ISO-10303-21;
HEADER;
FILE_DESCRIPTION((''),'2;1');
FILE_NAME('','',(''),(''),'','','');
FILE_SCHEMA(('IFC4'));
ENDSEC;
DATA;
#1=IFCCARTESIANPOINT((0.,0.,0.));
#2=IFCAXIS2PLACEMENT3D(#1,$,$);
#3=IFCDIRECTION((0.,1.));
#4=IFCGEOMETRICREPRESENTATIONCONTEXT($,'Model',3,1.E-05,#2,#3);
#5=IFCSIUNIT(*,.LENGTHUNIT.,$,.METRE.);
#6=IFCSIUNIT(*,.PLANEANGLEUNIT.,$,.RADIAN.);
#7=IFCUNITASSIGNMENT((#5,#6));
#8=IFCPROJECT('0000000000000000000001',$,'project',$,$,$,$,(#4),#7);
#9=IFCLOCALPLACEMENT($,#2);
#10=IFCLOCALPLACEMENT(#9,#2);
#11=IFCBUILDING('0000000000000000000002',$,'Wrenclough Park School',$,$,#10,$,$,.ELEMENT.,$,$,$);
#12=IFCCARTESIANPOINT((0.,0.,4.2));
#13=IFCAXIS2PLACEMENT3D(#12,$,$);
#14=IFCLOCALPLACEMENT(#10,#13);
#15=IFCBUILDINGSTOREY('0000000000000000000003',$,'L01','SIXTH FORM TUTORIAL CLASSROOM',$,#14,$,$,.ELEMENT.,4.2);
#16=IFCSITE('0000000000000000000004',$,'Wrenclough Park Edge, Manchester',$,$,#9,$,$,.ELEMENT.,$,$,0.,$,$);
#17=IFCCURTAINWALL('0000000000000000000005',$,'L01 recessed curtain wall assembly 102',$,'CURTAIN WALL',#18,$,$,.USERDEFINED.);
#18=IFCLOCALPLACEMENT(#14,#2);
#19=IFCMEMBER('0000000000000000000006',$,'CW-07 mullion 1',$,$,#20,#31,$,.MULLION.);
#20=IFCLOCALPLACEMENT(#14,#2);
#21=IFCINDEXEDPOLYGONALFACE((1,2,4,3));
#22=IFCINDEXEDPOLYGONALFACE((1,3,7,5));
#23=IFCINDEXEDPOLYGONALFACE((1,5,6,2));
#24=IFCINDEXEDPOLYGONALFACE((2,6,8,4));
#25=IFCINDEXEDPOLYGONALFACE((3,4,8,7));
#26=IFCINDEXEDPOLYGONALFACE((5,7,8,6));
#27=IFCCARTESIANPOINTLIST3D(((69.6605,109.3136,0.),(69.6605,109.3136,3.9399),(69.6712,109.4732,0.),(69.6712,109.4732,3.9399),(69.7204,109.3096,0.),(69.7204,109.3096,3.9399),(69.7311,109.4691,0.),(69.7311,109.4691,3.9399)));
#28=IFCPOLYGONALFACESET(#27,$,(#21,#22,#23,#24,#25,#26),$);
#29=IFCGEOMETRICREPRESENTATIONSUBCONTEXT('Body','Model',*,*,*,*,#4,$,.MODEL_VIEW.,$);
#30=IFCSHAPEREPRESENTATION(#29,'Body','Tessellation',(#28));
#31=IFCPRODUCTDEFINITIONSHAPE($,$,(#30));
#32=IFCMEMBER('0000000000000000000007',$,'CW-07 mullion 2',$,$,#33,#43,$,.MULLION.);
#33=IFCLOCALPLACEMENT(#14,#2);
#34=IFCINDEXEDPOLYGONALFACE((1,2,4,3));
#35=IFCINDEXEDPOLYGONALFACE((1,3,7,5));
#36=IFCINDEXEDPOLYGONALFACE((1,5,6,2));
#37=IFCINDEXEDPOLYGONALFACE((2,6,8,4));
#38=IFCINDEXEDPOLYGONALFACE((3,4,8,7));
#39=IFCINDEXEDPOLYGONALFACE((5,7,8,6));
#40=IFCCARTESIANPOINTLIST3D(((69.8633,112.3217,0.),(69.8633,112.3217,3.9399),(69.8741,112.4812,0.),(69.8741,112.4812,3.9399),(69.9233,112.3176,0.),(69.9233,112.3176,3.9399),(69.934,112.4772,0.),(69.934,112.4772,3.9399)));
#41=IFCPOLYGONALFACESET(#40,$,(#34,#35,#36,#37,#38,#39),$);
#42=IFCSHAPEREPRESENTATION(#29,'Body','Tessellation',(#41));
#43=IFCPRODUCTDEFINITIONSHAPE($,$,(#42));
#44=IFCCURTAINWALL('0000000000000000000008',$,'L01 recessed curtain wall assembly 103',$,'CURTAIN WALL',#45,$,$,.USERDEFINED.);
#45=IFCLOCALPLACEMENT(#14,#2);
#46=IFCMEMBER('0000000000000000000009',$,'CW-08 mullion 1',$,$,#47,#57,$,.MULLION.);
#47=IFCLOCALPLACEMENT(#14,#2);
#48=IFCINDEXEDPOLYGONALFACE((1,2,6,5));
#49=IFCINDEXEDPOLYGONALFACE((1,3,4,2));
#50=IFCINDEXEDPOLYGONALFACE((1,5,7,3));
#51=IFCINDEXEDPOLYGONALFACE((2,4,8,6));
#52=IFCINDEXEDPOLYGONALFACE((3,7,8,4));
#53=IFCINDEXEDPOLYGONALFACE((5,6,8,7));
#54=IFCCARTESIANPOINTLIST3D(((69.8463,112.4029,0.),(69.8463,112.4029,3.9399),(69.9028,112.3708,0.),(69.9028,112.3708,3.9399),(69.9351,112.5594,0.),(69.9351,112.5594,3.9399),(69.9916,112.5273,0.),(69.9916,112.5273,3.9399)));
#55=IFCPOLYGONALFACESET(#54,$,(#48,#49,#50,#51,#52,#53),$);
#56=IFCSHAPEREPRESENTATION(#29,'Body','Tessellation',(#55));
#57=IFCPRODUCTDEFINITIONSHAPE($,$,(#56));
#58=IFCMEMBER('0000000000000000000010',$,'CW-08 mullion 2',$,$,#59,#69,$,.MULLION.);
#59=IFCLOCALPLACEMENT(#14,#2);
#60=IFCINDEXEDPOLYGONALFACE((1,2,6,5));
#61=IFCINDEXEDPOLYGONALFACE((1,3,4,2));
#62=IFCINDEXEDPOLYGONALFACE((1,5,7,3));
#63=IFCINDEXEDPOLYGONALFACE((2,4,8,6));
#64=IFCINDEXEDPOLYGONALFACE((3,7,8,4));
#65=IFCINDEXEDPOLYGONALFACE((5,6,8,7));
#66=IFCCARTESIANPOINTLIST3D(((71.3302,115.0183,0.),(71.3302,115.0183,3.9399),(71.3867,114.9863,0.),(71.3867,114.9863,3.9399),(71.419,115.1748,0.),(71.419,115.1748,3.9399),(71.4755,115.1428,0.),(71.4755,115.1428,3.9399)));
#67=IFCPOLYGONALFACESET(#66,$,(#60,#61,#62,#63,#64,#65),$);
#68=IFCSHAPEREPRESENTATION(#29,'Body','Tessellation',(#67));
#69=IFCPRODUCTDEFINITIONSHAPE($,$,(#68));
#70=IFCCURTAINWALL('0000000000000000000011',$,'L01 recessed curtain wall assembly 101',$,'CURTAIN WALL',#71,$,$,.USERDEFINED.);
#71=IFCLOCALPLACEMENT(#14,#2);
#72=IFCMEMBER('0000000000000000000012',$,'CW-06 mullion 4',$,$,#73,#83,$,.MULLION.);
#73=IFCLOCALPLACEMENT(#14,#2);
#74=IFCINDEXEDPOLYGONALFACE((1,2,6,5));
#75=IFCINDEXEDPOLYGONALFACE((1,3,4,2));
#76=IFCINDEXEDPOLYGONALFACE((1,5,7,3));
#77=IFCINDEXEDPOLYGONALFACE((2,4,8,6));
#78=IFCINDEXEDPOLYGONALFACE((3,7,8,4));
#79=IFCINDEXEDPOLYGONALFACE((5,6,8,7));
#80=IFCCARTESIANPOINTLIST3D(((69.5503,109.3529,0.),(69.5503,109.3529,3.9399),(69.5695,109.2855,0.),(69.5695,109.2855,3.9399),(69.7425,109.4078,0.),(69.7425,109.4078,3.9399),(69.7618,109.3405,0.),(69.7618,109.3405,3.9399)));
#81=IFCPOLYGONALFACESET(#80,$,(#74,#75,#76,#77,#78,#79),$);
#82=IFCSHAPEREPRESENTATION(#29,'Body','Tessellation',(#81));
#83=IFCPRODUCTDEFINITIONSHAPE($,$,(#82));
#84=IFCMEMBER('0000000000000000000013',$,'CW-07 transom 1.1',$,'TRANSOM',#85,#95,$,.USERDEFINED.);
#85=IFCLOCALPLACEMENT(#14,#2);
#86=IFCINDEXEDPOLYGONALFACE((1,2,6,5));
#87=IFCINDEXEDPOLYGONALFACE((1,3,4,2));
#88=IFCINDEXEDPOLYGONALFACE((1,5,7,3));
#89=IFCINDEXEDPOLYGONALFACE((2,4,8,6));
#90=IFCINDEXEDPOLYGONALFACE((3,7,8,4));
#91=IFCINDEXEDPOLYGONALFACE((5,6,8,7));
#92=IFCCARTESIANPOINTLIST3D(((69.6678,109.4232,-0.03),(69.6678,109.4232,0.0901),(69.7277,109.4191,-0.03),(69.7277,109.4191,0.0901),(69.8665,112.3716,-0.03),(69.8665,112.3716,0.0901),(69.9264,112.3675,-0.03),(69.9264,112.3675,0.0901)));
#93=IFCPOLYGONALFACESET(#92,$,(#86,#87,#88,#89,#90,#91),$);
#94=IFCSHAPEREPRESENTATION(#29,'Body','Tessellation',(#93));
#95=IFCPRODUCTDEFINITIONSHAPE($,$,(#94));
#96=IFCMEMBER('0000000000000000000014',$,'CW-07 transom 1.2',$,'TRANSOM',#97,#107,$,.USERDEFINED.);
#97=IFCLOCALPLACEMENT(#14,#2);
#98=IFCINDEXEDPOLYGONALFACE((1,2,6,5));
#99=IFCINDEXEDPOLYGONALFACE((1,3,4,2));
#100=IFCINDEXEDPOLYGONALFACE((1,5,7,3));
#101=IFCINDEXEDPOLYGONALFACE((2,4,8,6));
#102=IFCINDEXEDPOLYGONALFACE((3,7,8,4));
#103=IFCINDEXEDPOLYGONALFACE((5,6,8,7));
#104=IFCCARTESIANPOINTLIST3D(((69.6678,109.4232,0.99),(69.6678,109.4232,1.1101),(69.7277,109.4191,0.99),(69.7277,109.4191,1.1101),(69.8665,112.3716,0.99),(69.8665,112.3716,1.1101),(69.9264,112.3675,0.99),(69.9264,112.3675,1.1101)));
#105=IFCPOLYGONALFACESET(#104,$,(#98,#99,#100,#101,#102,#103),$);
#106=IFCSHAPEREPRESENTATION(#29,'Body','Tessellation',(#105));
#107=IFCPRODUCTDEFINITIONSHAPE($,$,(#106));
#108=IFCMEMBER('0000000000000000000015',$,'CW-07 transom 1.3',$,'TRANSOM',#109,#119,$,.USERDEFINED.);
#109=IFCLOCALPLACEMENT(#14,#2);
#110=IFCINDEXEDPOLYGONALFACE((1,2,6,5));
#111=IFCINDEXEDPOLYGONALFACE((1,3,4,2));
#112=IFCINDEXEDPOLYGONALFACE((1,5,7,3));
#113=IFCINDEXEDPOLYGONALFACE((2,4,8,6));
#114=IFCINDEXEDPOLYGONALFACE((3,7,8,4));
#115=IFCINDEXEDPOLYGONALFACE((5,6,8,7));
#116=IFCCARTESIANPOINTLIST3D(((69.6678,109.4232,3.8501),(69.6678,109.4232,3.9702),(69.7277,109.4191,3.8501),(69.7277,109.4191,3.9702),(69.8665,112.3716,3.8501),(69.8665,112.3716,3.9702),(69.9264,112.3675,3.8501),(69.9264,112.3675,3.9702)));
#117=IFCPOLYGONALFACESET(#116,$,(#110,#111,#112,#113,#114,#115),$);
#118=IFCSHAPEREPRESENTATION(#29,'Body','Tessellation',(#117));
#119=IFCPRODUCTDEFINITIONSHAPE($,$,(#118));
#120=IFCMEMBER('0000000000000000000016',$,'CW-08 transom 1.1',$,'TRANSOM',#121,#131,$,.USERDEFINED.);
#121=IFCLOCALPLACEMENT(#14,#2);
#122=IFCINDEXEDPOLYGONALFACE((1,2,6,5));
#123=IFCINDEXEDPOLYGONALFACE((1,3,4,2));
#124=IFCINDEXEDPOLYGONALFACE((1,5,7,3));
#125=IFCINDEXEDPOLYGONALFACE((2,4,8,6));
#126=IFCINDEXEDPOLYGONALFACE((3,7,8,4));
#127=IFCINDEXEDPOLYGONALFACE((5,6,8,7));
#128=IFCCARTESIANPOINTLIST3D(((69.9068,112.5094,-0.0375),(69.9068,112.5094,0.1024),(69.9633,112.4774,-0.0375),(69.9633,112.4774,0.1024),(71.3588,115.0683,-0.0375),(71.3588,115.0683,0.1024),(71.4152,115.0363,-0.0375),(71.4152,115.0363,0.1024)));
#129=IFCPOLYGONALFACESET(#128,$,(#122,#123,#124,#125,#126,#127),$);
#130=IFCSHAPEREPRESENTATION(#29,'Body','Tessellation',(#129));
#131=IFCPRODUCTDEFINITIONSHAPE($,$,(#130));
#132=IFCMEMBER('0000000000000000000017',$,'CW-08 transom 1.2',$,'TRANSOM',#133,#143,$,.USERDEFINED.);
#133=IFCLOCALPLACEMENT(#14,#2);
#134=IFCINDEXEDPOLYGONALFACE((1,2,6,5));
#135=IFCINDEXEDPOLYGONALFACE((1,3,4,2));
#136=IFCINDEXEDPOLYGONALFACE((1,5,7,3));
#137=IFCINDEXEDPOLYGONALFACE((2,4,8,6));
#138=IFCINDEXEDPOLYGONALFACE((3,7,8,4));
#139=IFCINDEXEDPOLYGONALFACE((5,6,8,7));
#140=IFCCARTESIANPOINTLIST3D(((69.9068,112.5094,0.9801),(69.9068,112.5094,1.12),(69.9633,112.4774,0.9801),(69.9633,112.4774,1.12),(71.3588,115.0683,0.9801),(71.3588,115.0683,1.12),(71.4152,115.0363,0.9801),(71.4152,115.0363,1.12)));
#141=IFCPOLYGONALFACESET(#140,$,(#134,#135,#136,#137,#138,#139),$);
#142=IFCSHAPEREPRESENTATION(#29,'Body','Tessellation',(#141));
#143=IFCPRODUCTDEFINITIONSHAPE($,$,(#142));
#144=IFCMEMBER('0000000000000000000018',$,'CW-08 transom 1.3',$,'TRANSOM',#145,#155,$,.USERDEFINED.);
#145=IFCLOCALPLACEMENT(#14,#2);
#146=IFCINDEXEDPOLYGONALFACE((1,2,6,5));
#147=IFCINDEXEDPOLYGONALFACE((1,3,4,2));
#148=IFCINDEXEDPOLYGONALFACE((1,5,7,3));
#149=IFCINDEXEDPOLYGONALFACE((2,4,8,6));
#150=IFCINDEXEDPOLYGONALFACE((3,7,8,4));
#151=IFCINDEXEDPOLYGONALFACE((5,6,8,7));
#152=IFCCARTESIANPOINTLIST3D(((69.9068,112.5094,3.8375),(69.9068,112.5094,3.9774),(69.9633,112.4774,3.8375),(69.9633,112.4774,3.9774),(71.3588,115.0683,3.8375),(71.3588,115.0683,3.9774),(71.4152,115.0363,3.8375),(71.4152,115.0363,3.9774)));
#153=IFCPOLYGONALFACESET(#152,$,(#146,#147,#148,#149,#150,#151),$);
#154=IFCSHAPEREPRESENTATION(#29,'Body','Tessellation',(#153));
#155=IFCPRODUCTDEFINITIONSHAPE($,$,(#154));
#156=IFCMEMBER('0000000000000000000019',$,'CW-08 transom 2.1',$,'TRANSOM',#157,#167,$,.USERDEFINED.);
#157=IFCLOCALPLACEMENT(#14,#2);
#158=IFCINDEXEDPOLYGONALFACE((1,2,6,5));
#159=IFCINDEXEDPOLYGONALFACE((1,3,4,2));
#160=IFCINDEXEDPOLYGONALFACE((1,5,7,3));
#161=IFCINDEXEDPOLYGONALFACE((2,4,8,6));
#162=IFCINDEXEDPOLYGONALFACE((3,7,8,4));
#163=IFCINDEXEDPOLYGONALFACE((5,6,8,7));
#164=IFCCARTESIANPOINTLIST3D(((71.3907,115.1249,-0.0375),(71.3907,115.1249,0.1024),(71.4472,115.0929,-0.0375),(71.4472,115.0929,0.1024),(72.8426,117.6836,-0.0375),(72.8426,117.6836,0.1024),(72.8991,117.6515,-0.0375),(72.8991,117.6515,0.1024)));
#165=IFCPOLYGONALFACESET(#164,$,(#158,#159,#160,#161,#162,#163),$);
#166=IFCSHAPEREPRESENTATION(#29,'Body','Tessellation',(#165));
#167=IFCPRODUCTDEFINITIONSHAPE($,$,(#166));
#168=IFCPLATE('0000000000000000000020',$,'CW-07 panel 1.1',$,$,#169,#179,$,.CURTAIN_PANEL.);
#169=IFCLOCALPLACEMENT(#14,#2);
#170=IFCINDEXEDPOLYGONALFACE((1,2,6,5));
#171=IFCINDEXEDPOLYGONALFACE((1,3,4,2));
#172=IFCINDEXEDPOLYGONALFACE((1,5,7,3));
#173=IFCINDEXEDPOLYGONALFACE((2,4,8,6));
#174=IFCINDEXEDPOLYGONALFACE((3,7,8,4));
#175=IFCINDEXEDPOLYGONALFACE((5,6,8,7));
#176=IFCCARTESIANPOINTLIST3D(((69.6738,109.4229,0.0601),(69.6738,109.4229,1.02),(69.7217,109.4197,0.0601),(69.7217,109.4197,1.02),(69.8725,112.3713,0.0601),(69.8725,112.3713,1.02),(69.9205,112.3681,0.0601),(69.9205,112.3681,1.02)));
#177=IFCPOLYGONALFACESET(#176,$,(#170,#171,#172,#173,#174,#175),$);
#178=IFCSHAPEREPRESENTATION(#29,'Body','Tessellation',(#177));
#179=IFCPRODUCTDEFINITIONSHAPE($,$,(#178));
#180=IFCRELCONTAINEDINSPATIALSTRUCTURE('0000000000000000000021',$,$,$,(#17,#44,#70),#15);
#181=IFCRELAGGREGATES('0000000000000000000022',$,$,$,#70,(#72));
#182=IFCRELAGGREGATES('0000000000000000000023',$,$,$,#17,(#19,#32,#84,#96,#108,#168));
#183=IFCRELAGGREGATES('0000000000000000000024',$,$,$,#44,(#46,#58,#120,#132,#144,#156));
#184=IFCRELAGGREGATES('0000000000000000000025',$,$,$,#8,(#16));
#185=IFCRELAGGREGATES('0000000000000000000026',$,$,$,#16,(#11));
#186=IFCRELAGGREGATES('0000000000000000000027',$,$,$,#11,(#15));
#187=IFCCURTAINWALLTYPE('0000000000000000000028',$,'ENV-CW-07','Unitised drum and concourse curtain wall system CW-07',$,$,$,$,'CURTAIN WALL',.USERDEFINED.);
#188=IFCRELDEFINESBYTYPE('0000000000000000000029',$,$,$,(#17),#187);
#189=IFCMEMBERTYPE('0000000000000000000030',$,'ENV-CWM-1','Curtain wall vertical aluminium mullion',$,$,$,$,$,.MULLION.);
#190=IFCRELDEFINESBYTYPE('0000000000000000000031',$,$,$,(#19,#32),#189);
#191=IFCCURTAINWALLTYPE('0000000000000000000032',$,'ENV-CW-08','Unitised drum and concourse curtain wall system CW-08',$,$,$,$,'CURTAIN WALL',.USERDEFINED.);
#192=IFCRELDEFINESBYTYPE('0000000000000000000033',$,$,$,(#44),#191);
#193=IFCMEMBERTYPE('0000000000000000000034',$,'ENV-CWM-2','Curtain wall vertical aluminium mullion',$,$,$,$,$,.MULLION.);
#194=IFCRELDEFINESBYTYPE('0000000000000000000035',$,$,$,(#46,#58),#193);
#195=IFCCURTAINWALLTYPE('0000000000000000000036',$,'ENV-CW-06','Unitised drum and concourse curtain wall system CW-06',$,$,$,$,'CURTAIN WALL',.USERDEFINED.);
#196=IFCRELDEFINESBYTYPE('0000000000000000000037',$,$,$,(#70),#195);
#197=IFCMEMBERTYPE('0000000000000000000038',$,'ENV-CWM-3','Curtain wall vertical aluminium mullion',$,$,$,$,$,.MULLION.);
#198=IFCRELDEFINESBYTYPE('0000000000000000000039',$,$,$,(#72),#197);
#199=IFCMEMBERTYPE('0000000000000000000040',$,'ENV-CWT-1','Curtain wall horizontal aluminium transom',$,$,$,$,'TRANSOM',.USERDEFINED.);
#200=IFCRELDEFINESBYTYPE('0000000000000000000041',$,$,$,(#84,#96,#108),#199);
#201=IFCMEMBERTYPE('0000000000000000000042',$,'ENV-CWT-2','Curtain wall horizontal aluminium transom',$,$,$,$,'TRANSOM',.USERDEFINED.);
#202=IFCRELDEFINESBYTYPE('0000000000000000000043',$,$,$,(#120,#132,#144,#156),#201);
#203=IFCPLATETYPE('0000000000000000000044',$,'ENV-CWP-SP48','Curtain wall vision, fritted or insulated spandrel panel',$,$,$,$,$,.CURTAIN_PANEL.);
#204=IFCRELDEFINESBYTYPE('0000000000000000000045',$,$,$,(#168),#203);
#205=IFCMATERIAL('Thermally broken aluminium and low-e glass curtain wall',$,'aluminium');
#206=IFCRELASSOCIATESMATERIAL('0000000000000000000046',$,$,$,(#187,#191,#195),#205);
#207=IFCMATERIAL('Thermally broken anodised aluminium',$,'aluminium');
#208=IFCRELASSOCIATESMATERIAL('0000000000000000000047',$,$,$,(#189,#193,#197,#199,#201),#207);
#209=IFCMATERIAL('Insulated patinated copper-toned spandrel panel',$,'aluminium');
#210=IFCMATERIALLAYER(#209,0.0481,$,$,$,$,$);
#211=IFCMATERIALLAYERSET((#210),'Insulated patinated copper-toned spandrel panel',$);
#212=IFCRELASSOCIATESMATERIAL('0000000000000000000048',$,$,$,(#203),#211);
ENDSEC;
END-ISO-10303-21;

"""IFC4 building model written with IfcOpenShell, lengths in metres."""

from ifc_helpers import new_model, si_unit, direction, frame, origin, origin_2d, place, context, subcontext, project, spatial, rectangle, extrude, material, layer, layer_set, material_profile, profile_set, type_object, element, aggregate, save


model = new_model("IFC4")

# Units and contexts
model_context = context("Model", 3, precision=1e-05, world=origin(), true_north=direction((0.0, 1.0)))
body_context = subcontext(model_context, "Body", "Model", "MODEL_VIEW")
ifc_project = project(units=[si_unit("LENGTHUNIT", "METRE"), si_unit("PLANEANGLEUNIT", "RADIAN")], contexts=[model_context])

# Site, building, storey
site_placement = place(None, origin())
site = spatial("IfcSite", under=ifc_project, at=site_placement, Name="Wrenclough Park Edge, Manchester", CompositionType="ELEMENT", RefElevation=0.0)
building_placement = place(site_placement, origin())
building = spatial("IfcBuilding", under=site, at=building_placement, Name="Wrenclough Park School", CompositionType="ELEMENT")
storey_placement = place(building_placement, frame((0.0, 0.0, 4.2)))
storey = spatial("IfcBuildingStorey", under=building, at=storey_placement, Name="L01", Description="SIXTH FORM TUTORIAL CLASSROOM", CompositionType="ELEMENT", Elevation=4.2)

# Curtain walls, members
ifc_material_1 = material(Name="Thermally broken aluminium and low-e glass curtain wall", Category="aluminium")
curtain_wall_type_1 = type_object("IfcCurtainWallType", Name="ENV-CW-07", Description="Unitised drum and concourse curtain wall system CW-07", ElementType="CURTAIN WALL", PredefinedType="USERDEFINED", material=ifc_material_1)
curtain_wall_1_placement = place(storey_placement, origin())
curtain_wall_1 = element("IfcCurtainWall", 1, at=curtain_wall_1_placement, inside=storey, type_object=curtain_wall_type_1, Name="L01 recessed curtain wall assembly 102", ObjectType="CURTAIN WALL", PredefinedType="USERDEFINED")
ifc_material_2 = material(Name="Thermally broken anodised aluminium", Category="aluminium")
ifc_material_profile_1 = material_profile(ifc_material_2, rectangle(XDim=0.0601, YDim=0.1599, at=origin_2d()), Name="AL MULLION 60x160")
ifc_profile_set_1 = profile_set([ifc_material_profile_1], Name="Thermally broken anodised aluminium")
member_type_1 = type_object("IfcMemberType", Name="ENV-CWM-1", Description="Curtain wall vertical aluminium mullion", PredefinedType="MULLION", material=ifc_profile_set_1)
member_1_placement = place(storey_placement, frame((69.6958, 109.3914, 0.0), z_axis=(0.0, 0.0, 1.0), x_axis=(-0.997736, 0.067253, 0.0)))
member_1 = element("IfcMember", 2, at=member_1_placement, type_object=member_type_1, Name="CW-07 mullion 1", PredefinedType="MULLION", context=body_context, shape_type="SweptSolid", body=[
    extrude(rectangle(XDim=0.0601, YDim=0.1599, at=origin_2d()), origin(), (0.0, 0.0, 1.0), 3.9399),
])
member_2_placement = place(storey_placement, frame((69.8987, 112.3994, 0.0), z_axis=(0.0, 0.0, 1.0), x_axis=(-0.997736, 0.067253, 0.0)))
member_2 = element("IfcMember", 3, at=member_2_placement, type_object=member_type_1, Name="CW-07 mullion 2", PredefinedType="MULLION", context=body_context, shape_type="SweptSolid", body=[
    extrude(rectangle(XDim=0.0601, YDim=0.1599, at=origin_2d()), origin(), (0.0, 0.0, 1.0), 3.9399),
])
curtain_wall_type_2 = type_object("IfcCurtainWallType", Name="ENV-CW-08", Description="Unitised drum and concourse curtain wall system CW-08", ElementType="CURTAIN WALL", PredefinedType="USERDEFINED", material=ifc_material_1)
curtain_wall_2_placement = place(storey_placement, origin())
curtain_wall_2 = element("IfcCurtainWall", 4, at=curtain_wall_2_placement, inside=storey, type_object=curtain_wall_type_2, Name="L01 recessed curtain wall assembly 103", ObjectType="CURTAIN WALL", PredefinedType="USERDEFINED")
ifc_material_profile_2 = material_profile(ifc_material_2, rectangle(XDim=0.0649, YDim=0.1799, at=origin_2d()), Name="AL MULLION 65x180")
ifc_profile_set_2 = profile_set([ifc_material_profile_2], Name="Thermally broken anodised aluminium")
member_type_2 = type_object("IfcMemberType", Name="ENV-CWM-2", Description="Curtain wall vertical aluminium mullion", PredefinedType="MULLION", material=ifc_profile_set_2)
member_3_placement = place(storey_placement, frame((69.9189, 112.4651, 0.0), z_axis=(0.0, 0.0, 1.0), x_axis=(-0.869745, 0.493501, 0.0)))
member_3 = element("IfcMember", 5, at=member_3_placement, type_object=member_type_2, Name="CW-08 mullion 1", PredefinedType="MULLION", context=body_context, shape_type="SweptSolid", body=[
    extrude(rectangle(XDim=0.0649, YDim=0.1799, at=origin_2d()), origin(), (0.0, 0.0, 1.0), 3.9399),
])
member_4_placement = place(storey_placement, frame((71.4028, 115.0806, 0.0), z_axis=(0.0, 0.0, 1.0), x_axis=(-0.869745, 0.493501, 0.0)))
member_4 = element("IfcMember", 6, at=member_4_placement, type_object=member_type_2, Name="CW-08 mullion 2", PredefinedType="MULLION", context=body_context, shape_type="SweptSolid", body=[
    extrude(rectangle(XDim=0.0649, YDim=0.1799, at=origin_2d()), origin(), (0.0, 0.0, 1.0), 3.9399),
])

# Curtain wall, member
curtain_wall_type_3 = type_object("IfcCurtainWallType", Name="ENV-CW-06", Description="Unitised drum and concourse curtain wall system CW-06", ElementType="CURTAIN WALL", PredefinedType="USERDEFINED", material=ifc_material_1)
curtain_wall_3_placement = place(storey_placement, origin())
curtain_wall_3 = element("IfcCurtainWall", 7, at=curtain_wall_3_placement, inside=storey, type_object=curtain_wall_type_3, Name="L01 recessed curtain wall assembly 101", ObjectType="CURTAIN WALL", PredefinedType="USERDEFINED")
ifc_material_profile_3 = material_profile(ifc_material_2, rectangle(XDim=0.0701, YDim=0.2, at=origin_2d()), Name="AL MULLION 70x200")
ifc_profile_set_3 = profile_set([ifc_material_profile_3], Name="Thermally broken anodised aluminium")
member_type_3 = type_object("IfcMemberType", Name="ENV-CWM-3", Description="Curtain wall vertical aluminium mullion", PredefinedType="MULLION", material=ifc_profile_set_3)
member_5_placement = place(storey_placement, frame((69.656, 109.3467, 0.0), z_axis=(0.0, 0.0, 1.0), x_axis=(-0.274714, 0.961526, 0.0)))
member_5 = element("IfcMember", 8, at=member_5_placement, type_object=member_type_3, Name="CW-06 mullion 4", PredefinedType="MULLION", context=body_context, shape_type="SweptSolid", body=[
    extrude(rectangle(XDim=0.0701, YDim=0.2, at=origin_2d()), origin(), (0.0, 0.0, 1.0), 3.9399),
])
aggregate(curtain_wall_3, [member_5])

# Members
ifc_material_profile_4 = material_profile(ifc_material_2, rectangle(XDim=0.0601, YDim=0.1201, at=origin_2d()), Name="AL TRANSOM 60x120")
ifc_profile_set_4 = profile_set([ifc_material_profile_4], Name="Thermally broken anodised aluminium")
member_type_4 = type_object("IfcMemberType", Name="ENV-CWT-1", Description="Curtain wall horizontal aluminium transom", ElementType="TRANSOM", PredefinedType="USERDEFINED", material=ifc_profile_set_4)
member_6_placement = place(storey_placement, frame((69.6978, 109.4211, 0.03), z_axis=(0.067248, 0.997736, 0.0), x_axis=(-0.997736, 0.067248, 0.0)))
member_6 = element("IfcMember", 9, at=member_6_placement, type_object=member_type_4, Name="CW-07 transom 1.1", ObjectType="TRANSOM", PredefinedType="USERDEFINED", context=body_context, shape_type="SweptSolid", body=[
    extrude(rectangle(XDim=0.0601, YDim=0.1201, at=origin_2d()), origin(), (0.0, 0.0, 1.0), 2.9551),
])
member_7_placement = place(storey_placement, frame((69.6978, 109.4211, 1.05), z_axis=(0.067248, 0.997736, 0.0), x_axis=(-0.997736, 0.067248, 0.0)))
member_7 = element("IfcMember", 10, at=member_7_placement, type_object=member_type_4, Name="CW-07 transom 1.2", ObjectType="TRANSOM", PredefinedType="USERDEFINED", context=body_context, shape_type="SweptSolid", body=[
    extrude(rectangle(XDim=0.0601, YDim=0.1201, at=origin_2d()), origin(), (0.0, 0.0, 1.0), 2.9551),
])
member_8_placement = place(storey_placement, frame((69.6978, 109.4211, 3.9102), z_axis=(0.067248, 0.997736, 0.0), x_axis=(-0.997736, 0.067248, 0.0)))
member_8 = element("IfcMember", 11, at=member_8_placement, type_object=member_type_4, Name="CW-07 transom 1.3", ObjectType="TRANSOM", PredefinedType="USERDEFINED", context=body_context, shape_type="SweptSolid", body=[
    extrude(rectangle(XDim=0.0601, YDim=0.1201, at=origin_2d()), origin(), (0.0, 0.0, 1.0), 2.9551),
])
ifc_material_profile_5 = material_profile(ifc_material_2, rectangle(XDim=0.0649, YDim=0.1399, at=origin_2d()), Name="AL TRANSOM 65x140")
ifc_profile_set_5 = profile_set([ifc_material_profile_5], Name="Thermally broken anodised aluminium")
member_type_5 = type_object("IfcMemberType", Name="ENV-CWT-2", Description="Curtain wall horizontal aluminium transom", ElementType="TRANSOM", PredefinedType="USERDEFINED", material=ifc_profile_set_5)
member_9_placement = place(storey_placement, frame((69.9351, 112.4934, 0.0325), z_axis=(0.4935, 0.869746, 0.0), x_axis=(-0.869746, 0.4935, 0.0)))
member_9 = element("IfcMember", 12, at=member_9_placement, type_object=member_type_5, Name="CW-08 transom 1.1", ObjectType="TRANSOM", PredefinedType="USERDEFINED", context=body_context, shape_type="SweptSolid", body=[
    extrude(rectangle(XDim=0.0649, YDim=0.1399, at=origin_2d()), origin(), (0.0, 0.0, 1.0), 2.9421),
])
member_10_placement = place(storey_placement, frame((69.9351, 112.4934, 1.05), z_axis=(0.4935, 0.869746, 0.0), x_axis=(-0.869746, 0.4935, 0.0)))
member_10 = element("IfcMember", 13, at=member_10_placement, type_object=member_type_5, Name="CW-08 transom 1.2", ObjectType="TRANSOM", PredefinedType="USERDEFINED", context=body_context, shape_type="SweptSolid", body=[
    extrude(rectangle(XDim=0.0649, YDim=0.1399, at=origin_2d()), origin(), (0.0, 0.0, 1.0), 2.9421),
])
member_11_placement = place(storey_placement, frame((69.9351, 112.4934, 3.9075), z_axis=(0.4935, 0.869746, 0.0), x_axis=(-0.869746, 0.4935, 0.0)))
member_11 = element("IfcMember", 14, at=member_11_placement, type_object=member_type_5, Name="CW-08 transom 1.3", ObjectType="TRANSOM", PredefinedType="USERDEFINED", context=body_context, shape_type="SweptSolid", body=[
    extrude(rectangle(XDim=0.0649, YDim=0.1399, at=origin_2d()), origin(), (0.0, 0.0, 1.0), 2.9421),
])
member_12_placement = place(storey_placement, frame((71.4189, 115.1089, 0.0325), z_axis=(0.493536, 0.869725, 0.0), x_axis=(-0.869725, 0.493536, 0.0)))
member_12 = element("IfcMember", 15, at=member_12_placement, type_object=member_type_5, Name="CW-08 transom 2.1", ObjectType="TRANSOM", PredefinedType="USERDEFINED", context=body_context, shape_type="SweptSolid", body=[
    extrude(rectangle(XDim=0.0649, YDim=0.1399, at=origin_2d()), origin(), (0.0, 0.0, 1.0), 2.9419),
])

# Plate
ifc_material_3 = material(Name="Insulated patinated copper-toned spandrel panel", Category="aluminium")
ifc_layer_1 = layer(ifc_material_3, 0.0481)
ifc_layer_set_1 = layer_set([ifc_layer_1], Name="Insulated patinated copper-toned spandrel panel")
plate_type_1 = type_object("IfcPlateType", Name="ENV-CWP-SP48", Description="Curtain wall vision, fritted or insulated spandrel panel", PredefinedType="CURTAIN_PANEL", material=ifc_layer_set_1)
plate_1_placement = place(storey_placement, frame((69.7971, 110.8955, 0.0601), z_axis=(0.0, 0.0, 1.0), x_axis=(0.067253, 0.997736, 0.0)))
plate_1 = element("IfcPlate", 16, at=plate_1_placement, type_object=plate_type_1, Name="CW-07 panel 1.1", PredefinedType="CURTAIN_PANEL", context=body_context, shape_type="SweptSolid", body=[
    extrude(rectangle(XDim=2.9551, YDim=0.0481, at=origin_2d()), origin(), (0.0, 0.0, 1.0), 0.96),
])
aggregate(curtain_wall_1, [member_1, member_2, member_6, member_7, member_8, plate_1])
aggregate(curtain_wall_2, [member_3, member_4, member_9, member_10, member_11, member_12])

save(model, "model.ifc")
